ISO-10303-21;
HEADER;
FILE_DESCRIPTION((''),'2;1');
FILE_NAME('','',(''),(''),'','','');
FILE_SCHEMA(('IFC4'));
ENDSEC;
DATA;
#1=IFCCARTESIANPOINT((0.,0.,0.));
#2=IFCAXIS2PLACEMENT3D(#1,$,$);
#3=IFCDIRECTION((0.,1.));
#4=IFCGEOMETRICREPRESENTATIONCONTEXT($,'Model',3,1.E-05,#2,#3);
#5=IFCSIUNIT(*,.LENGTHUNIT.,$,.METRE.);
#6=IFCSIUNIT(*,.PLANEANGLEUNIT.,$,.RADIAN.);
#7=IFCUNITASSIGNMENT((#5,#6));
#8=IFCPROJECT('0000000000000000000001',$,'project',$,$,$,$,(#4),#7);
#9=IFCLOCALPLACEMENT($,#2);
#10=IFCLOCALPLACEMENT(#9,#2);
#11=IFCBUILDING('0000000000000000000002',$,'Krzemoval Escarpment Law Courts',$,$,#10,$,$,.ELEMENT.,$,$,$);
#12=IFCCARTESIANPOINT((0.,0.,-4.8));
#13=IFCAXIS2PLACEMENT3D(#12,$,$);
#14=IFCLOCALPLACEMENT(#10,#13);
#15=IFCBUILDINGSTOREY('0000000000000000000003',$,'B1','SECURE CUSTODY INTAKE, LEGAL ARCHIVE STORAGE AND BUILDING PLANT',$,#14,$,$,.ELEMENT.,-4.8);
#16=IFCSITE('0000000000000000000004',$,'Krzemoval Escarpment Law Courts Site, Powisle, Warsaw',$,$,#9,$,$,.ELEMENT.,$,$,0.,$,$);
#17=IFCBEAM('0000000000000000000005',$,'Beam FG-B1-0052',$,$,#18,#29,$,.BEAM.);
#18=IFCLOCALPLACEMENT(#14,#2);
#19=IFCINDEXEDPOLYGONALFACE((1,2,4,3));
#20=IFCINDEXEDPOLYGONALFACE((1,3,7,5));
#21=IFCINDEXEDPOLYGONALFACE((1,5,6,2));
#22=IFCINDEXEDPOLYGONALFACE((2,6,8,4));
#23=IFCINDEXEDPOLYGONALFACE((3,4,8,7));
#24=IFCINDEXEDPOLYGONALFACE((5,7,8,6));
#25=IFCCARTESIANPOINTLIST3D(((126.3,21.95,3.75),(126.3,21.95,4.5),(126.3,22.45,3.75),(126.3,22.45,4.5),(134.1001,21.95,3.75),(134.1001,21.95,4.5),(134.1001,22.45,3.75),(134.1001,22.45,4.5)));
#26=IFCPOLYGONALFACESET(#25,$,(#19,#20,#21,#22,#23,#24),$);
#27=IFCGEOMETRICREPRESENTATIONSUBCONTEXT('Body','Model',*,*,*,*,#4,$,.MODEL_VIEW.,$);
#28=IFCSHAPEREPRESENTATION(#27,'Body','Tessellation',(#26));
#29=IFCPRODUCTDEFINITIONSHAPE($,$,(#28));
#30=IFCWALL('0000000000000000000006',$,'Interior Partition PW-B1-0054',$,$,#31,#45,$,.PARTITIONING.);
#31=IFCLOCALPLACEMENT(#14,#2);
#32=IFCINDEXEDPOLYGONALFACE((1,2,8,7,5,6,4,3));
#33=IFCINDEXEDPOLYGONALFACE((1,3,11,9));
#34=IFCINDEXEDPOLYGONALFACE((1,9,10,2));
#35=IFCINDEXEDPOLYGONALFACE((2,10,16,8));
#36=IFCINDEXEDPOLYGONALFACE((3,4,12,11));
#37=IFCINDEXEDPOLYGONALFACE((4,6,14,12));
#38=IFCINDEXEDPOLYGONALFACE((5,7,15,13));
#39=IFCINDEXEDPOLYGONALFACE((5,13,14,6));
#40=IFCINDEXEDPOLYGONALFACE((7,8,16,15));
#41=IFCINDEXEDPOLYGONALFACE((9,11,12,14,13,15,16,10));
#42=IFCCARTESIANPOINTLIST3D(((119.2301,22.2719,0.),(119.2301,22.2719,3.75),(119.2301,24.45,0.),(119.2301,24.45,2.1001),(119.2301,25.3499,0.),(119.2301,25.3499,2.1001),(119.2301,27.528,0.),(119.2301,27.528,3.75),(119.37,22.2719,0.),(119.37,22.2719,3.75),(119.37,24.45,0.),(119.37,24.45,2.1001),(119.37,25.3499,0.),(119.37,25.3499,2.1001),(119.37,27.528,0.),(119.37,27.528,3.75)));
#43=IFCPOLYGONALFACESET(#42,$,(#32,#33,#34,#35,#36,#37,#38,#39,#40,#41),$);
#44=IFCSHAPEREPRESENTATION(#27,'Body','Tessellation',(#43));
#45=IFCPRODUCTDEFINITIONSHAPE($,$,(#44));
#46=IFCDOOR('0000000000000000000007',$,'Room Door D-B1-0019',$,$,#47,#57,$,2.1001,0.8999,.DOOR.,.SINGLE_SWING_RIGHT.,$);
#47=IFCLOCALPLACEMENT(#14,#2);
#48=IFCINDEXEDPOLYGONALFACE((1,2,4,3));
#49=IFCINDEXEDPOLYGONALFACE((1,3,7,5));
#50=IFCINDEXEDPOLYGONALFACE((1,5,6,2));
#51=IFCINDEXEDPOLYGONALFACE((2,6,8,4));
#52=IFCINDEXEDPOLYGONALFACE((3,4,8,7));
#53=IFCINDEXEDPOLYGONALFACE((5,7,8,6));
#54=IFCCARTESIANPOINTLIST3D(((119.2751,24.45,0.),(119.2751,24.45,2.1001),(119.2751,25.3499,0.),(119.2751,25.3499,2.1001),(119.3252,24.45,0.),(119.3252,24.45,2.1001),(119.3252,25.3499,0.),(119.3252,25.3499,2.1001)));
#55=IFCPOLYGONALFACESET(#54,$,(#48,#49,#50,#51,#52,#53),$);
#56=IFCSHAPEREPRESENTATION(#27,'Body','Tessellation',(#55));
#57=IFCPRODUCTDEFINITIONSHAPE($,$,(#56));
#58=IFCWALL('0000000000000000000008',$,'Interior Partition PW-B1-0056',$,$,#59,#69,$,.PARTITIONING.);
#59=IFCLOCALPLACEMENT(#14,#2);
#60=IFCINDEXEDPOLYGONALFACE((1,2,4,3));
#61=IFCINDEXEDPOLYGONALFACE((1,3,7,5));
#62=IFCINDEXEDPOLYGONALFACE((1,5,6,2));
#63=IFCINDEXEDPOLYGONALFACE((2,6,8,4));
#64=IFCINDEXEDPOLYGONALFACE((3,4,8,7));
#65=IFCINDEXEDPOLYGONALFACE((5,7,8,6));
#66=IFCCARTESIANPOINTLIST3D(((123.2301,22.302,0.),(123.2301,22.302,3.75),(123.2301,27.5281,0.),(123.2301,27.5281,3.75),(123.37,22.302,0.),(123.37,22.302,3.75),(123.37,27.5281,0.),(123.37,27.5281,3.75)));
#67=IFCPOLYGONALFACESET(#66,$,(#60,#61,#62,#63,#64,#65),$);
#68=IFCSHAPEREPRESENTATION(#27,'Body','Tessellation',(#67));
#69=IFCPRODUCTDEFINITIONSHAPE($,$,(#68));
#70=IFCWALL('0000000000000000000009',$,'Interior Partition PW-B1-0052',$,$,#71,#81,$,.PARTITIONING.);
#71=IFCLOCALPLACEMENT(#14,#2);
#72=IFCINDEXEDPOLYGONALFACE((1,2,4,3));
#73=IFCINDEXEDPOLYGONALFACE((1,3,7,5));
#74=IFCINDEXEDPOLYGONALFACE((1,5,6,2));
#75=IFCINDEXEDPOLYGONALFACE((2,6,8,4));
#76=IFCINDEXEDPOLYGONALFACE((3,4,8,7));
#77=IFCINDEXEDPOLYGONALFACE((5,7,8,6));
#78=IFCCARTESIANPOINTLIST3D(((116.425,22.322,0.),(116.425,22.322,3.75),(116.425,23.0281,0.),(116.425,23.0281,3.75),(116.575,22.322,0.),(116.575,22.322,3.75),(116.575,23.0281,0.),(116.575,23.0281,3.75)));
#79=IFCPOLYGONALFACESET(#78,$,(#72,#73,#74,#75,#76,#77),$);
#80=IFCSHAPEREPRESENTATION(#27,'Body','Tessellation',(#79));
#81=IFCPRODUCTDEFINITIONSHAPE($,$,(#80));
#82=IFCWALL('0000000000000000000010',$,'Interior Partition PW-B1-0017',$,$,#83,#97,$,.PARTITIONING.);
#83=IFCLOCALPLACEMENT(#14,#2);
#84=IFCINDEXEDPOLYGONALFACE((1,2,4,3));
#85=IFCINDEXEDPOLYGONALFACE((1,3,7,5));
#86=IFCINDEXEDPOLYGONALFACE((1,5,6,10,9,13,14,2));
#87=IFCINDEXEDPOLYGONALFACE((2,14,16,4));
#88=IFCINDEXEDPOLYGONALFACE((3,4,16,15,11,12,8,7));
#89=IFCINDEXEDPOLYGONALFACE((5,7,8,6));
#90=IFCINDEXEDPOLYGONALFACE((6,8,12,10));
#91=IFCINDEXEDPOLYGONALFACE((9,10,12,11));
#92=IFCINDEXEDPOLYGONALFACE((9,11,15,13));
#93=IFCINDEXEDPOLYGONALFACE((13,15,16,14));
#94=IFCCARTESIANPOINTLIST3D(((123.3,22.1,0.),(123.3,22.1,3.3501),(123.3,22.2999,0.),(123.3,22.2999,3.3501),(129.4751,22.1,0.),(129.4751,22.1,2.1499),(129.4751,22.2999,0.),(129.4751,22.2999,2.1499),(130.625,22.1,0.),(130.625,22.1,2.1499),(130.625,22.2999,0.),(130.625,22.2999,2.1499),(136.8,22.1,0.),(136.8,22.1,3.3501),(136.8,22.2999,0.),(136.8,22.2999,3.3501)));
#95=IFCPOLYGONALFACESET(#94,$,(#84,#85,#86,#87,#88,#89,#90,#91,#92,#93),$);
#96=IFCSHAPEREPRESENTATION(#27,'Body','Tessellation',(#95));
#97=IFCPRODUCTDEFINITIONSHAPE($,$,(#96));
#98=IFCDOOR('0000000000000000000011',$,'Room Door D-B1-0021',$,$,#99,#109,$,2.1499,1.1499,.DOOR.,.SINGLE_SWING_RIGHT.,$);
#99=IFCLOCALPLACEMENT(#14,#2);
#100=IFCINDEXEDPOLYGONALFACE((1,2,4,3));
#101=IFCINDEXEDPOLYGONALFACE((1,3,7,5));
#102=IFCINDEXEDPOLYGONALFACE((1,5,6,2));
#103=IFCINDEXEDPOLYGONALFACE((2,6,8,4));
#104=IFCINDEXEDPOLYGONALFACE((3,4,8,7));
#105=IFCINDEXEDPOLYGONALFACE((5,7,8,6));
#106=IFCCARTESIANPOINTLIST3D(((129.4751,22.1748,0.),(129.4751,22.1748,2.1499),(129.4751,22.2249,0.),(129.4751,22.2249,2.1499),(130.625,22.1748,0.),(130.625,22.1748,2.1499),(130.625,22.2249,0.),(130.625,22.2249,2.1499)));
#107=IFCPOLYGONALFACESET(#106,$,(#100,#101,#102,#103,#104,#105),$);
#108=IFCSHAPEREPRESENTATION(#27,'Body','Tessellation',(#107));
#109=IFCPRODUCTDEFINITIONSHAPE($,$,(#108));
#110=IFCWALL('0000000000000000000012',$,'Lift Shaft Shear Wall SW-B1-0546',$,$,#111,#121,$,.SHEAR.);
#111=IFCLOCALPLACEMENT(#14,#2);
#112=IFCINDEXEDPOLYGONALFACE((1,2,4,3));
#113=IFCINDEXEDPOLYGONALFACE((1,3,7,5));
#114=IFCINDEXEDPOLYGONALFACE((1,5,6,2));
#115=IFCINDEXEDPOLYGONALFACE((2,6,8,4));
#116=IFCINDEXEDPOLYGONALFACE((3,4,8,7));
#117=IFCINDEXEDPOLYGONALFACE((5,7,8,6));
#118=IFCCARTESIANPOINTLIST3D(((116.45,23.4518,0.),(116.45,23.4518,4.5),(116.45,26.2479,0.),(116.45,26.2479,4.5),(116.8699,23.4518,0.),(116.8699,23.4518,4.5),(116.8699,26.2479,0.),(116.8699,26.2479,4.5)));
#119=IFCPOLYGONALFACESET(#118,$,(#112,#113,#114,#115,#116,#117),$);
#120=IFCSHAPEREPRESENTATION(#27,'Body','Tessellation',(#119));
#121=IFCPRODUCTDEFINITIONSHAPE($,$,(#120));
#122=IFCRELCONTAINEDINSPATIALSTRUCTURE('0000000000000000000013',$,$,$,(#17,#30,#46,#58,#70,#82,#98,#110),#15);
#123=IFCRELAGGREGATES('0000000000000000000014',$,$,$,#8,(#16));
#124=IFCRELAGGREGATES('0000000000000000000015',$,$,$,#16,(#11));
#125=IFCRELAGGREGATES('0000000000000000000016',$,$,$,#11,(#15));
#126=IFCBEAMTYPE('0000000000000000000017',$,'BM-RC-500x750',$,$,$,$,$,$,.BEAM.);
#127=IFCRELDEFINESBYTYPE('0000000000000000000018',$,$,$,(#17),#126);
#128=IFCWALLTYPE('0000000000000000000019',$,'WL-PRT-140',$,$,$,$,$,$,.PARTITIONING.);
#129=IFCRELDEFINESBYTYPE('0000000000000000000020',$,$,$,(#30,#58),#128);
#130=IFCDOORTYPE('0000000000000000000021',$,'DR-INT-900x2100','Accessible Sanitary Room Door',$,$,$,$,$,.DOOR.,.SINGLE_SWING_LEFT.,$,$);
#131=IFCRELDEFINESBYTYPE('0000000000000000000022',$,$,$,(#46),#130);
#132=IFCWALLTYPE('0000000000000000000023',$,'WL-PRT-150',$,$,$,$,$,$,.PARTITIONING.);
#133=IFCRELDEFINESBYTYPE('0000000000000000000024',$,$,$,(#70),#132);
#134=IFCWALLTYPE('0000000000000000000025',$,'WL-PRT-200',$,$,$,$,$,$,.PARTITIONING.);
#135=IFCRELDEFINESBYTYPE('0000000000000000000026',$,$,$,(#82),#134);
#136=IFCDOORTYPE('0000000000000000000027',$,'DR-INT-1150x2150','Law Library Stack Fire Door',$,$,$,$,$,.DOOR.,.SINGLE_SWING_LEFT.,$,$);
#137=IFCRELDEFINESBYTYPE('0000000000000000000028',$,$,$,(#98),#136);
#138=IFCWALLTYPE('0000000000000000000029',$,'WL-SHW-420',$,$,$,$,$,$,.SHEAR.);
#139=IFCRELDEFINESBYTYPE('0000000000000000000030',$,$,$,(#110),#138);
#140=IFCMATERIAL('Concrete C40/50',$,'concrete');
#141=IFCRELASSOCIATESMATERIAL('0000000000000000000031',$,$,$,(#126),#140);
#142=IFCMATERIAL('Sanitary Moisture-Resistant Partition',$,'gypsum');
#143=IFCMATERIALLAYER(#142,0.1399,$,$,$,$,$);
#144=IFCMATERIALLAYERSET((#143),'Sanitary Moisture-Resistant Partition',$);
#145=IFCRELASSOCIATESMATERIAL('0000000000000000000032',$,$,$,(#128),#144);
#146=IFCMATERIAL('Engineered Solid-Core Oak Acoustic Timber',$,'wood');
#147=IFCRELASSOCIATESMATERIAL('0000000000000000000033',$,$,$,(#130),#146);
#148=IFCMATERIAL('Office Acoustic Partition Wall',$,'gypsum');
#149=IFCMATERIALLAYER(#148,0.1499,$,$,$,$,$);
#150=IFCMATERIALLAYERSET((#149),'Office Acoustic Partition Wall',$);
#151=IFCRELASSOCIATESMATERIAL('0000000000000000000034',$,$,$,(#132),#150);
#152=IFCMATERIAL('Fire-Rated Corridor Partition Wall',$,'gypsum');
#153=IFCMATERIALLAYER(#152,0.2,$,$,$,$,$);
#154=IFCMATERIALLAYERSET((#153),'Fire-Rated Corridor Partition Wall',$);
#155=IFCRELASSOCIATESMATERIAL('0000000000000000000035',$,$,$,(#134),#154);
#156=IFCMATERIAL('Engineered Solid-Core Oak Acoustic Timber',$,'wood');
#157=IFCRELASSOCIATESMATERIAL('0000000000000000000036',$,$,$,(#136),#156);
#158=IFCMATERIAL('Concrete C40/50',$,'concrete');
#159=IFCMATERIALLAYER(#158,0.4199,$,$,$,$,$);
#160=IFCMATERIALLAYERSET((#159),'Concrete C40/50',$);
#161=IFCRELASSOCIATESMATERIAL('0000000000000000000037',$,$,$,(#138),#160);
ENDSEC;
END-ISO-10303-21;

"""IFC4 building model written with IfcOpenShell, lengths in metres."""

from ifc_helpers import new_model, si_unit, direction, frame, frame_2d, origin, origin_2d, place, context, subcontext, project, spatial, rectangle, extrude, material, layer, layer_set, material_profile, profile_set, type_object, element, fill, save


model = new_model("IFC4")

# Units and contexts
model_context = context("Model", 3, precision=1e-05, world=origin(), true_north=direction((0.0, 1.0)))
body_context = subcontext(model_context, "Body", "Model", "MODEL_VIEW")
ifc_project = project(units=[si_unit("LENGTHUNIT", "METRE"), si_unit("PLANEANGLEUNIT", "RADIAN")], contexts=[model_context])

# Site, building, storey
site_placement = place(None, origin())
site = spatial("IfcSite", under=ifc_project, at=site_placement, Name="Krzemoval Escarpment Law Courts Site, Powisle, Warsaw", CompositionType="ELEMENT", RefElevation=0.0)
building_placement = place(site_placement, origin())
building = spatial("IfcBuilding", under=site, at=building_placement, Name="Krzemoval Escarpment Law Courts", CompositionType="ELEMENT")
storey_placement = place(building_placement, frame((0.0, 0.0, -4.8)))
storey = spatial("IfcBuildingStorey", under=building, at=storey_placement, Name="B1", Description="SECURE CUSTODY INTAKE, LEGAL ARCHIVE STORAGE AND BUILDING PLANT", CompositionType="ELEMENT", Elevation=-4.8)

# Beam
ifc_material_1 = material(Name="Concrete C40/50", Category="concrete")
ifc_material_profile_1 = material_profile(ifc_material_1, rectangle(XDim=0.5, YDim=0.75, at=origin_2d()), Name="RCB 500x750")
ifc_profile_set_1 = profile_set([ifc_material_profile_1], Name="Concrete C40/50")
beam_type_1 = type_object("IfcBeamType", Name="BM-RC-500x750", PredefinedType="BEAM", material=ifc_profile_set_1)
beam_placement = place(storey_placement, frame((126.3, 22.2, 4.125), z_axis=(1.0, 0.0, 0.0), x_axis=(0.0, 1.0, 0.0)))
element("IfcBeam", 1, at=beam_placement, inside=storey, type_object=beam_type_1, Name="Beam FG-B1-0052", PredefinedType="BEAM", context=body_context, shape_type="SweptSolid", body=[
    extrude(rectangle(XDim=0.5, YDim=0.75, at=origin_2d()), origin(), (0.0, 0.0, 1.0), 7.8),
])

# Wall, opening, door
ifc_material_2 = material(Name="Sanitary Moisture-Resistant Partition", Category="gypsum")
ifc_layer_1 = layer(ifc_material_2, 0.1399)
ifc_layer_set_1 = layer_set([ifc_layer_1], Name="Sanitary Moisture-Resistant Partition")
wall_type_1 = type_object("IfcWallType", Name="WL-PRT-140", PredefinedType="PARTITIONING", material=ifc_layer_set_1)
wall_1_placement = place(storey_placement, frame((119.3, 22.272, 0.0), z_axis=(0.0, 0.0, 1.0), x_axis=(0.0, 1.0, 0.0)))
wall_1 = element("IfcWall", 2, at=wall_1_placement, inside=storey, type_object=wall_type_1, Name="Interior Partition PW-B1-0054", PredefinedType="PARTITIONING", context=body_context, shape_type="SweptSolid", body=[
    extrude(rectangle(XDim=5.2561, YDim=0.1399, at=frame_2d((2.6279, 0.0))), origin(), (0.0, 0.0, 1.0), 3.75),
])
opening_1_placement = place(wall_1_placement, frame((2.178, 0.0, 0.0)))
opening_1 = element("IfcOpeningElement", 3, at=opening_1_placement, cuts=wall_1, PredefinedType="OPENING", context=body_context, shape_type="SweptSolid", body=[
    extrude(rectangle(XDim=0.8999, YDim=2.1001, at=frame_2d((0.45, 1.05))), frame((0.0, 0.0849, 0.0), z_axis=(0.0, -1.0, 0.0), x_axis=(1.0, 0.0, 0.0)), (0.0, 0.0, 1.0), 0.1699),
])
ifc_material_3 = material(Name="Engineered Solid-Core Oak Acoustic Timber", Category="wood")
door_type_1 = type_object("IfcDoorType", Name="DR-INT-900x2100", Description="Accessible Sanitary Room Door", OperationType="SINGLE_SWING_LEFT", PredefinedType="DOOR", material=ifc_material_3)
door_1_placement = place(opening_1_placement, origin())
door_1 = element("IfcDoor", 4, at=door_1_placement, inside=storey, type_object=door_type_1, Name="Room Door D-B1-0019", OperationType="SINGLE_SWING_RIGHT", OverallHeight=2.1001, OverallWidth=0.8999, PredefinedType="DOOR", context=body_context, shape_type="SweptSolid", body=[
    extrude(rectangle(XDim=0.8999, YDim=2.1001, at=frame_2d((0.45, 1.05))), frame((0.0, 0.0249, 0.0), z_axis=(0.0, -1.0, 0.0), x_axis=(1.0, 0.0, 0.0)), (0.0, 0.0, 1.0), 0.05),
])
fill(opening_1, door_1)

# Walls
wall_2_placement = place(storey_placement, frame((123.3, 22.302, 0.0), z_axis=(0.0, 0.0, 1.0), x_axis=(0.0, 1.0, 0.0)))
element("IfcWall", 5, at=wall_2_placement, inside=storey, type_object=wall_type_1, Name="Interior Partition PW-B1-0056", PredefinedType="PARTITIONING", context=body_context, shape_type="SweptSolid", body=[
    extrude(rectangle(XDim=5.2261, YDim=0.1399, at=frame_2d((2.613, 0.0))), origin(), (0.0, 0.0, 1.0), 3.75),
])
ifc_material_4 = material(Name="Office Acoustic Partition Wall", Category="gypsum")
ifc_layer_2 = layer(ifc_material_4, 0.1499)
ifc_layer_set_2 = layer_set([ifc_layer_2], Name="Office Acoustic Partition Wall")
wall_type_2 = type_object("IfcWallType", Name="WL-PRT-150", PredefinedType="PARTITIONING", material=ifc_layer_set_2)
wall_3_placement = place(storey_placement, frame((116.5, 22.322, 0.0), z_axis=(0.0, 0.0, 1.0), x_axis=(0.0, 1.0, 0.0)))
element("IfcWall", 6, at=wall_3_placement, inside=storey, type_object=wall_type_2, Name="Interior Partition PW-B1-0052", PredefinedType="PARTITIONING", context=body_context, shape_type="SweptSolid", body=[
    extrude(rectangle(XDim=0.7061, YDim=0.1499, at=frame_2d((0.353, 0.0))), origin(), (0.0, 0.0, 1.0), 3.75),
])

# Wall, opening, door
ifc_material_5 = material(Name="Fire-Rated Corridor Partition Wall", Category="gypsum")
ifc_layer_3 = layer(ifc_material_5, 0.2)
ifc_layer_set_3 = layer_set([ifc_layer_3], Name="Fire-Rated Corridor Partition Wall")
wall_type_3 = type_object("IfcWallType", Name="WL-PRT-200", PredefinedType="PARTITIONING", material=ifc_layer_set_3)
wall_4_placement = place(storey_placement, frame((123.3, 22.2, 0.0), z_axis=(0.0, 0.0, 1.0), x_axis=(1.0, 0.0, 0.0)))
wall_4 = element("IfcWall", 7, at=wall_4_placement, inside=storey, type_object=wall_type_3, Name="Interior Partition PW-B1-0017", PredefinedType="PARTITIONING", context=body_context, shape_type="SweptSolid", body=[
    extrude(rectangle(XDim=13.5, YDim=0.2, at=frame_2d((6.75, 0.0))), origin(), (0.0, 0.0, 1.0), 3.3501),
])
opening_2_placement = place(wall_4_placement, frame((6.175, 0.0, 0.0)))
opening_2 = element("IfcOpeningElement", 8, at=opening_2_placement, cuts=wall_4, PredefinedType="OPENING", context=body_context, shape_type="SweptSolid", body=[
    extrude(rectangle(XDim=1.1499, YDim=2.1499, at=frame_2d((0.575, 1.075))), frame((0.0, 0.115, 0.0), z_axis=(0.0, -1.0, 0.0), x_axis=(1.0, 0.0, 0.0)), (0.0, 0.0, 1.0), 0.2299),
])
ifc_material_6 = material(Name="Engineered Solid-Core Oak Acoustic Timber", Category="wood")
door_type_2 = type_object("IfcDoorType", Name="DR-INT-1150x2150", Description="Law Library Stack Fire Door", OperationType="SINGLE_SWING_LEFT", PredefinedType="DOOR", material=ifc_material_6)
door_2_placement = place(opening_2_placement, origin())
door_2 = element("IfcDoor", 9, at=door_2_placement, inside=storey, type_object=door_type_2, Name="Room Door D-B1-0021", OperationType="SINGLE_SWING_RIGHT", OverallHeight=2.1499, OverallWidth=1.1499, PredefinedType="DOOR", context=body_context, shape_type="SweptSolid", body=[
    extrude(rectangle(XDim=1.1499, YDim=2.1499, at=frame_2d((0.575, 1.075))), frame((0.0, 0.0249, 0.0), z_axis=(0.0, -1.0, 0.0), x_axis=(1.0, 0.0, 0.0)), (0.0, 0.0, 1.0), 0.05),
])
fill(opening_2, door_2)

# Wall
ifc_material_7 = material(Name="Concrete C40/50", Category="concrete")
ifc_layer_4 = layer(ifc_material_7, 0.4199)
ifc_layer_set_4 = layer_set([ifc_layer_4], Name="Concrete C40/50")
wall_type_4 = type_object("IfcWallType", Name="WL-SHW-420", PredefinedType="SHEAR", material=ifc_layer_set_4)
wall_5_placement = place(storey_placement, frame((116.6599, 23.4519, 0.0), z_axis=(0.0, 0.0, 1.0), x_axis=(0.0, 1.0, 0.0)))
element("IfcWall", 10, at=wall_5_placement, inside=storey, type_object=wall_type_4, Name="Lift Shaft Shear Wall SW-B1-0546", PredefinedType="SHEAR", context=body_context, shape_type="SweptSolid", body=[
    extrude(rectangle(XDim=2.7961, YDim=0.4199, at=frame_2d((1.3979, 0.0))), origin(), (0.0, 0.0, 1.0), 4.5),
])

save(model, "model.ifc")
